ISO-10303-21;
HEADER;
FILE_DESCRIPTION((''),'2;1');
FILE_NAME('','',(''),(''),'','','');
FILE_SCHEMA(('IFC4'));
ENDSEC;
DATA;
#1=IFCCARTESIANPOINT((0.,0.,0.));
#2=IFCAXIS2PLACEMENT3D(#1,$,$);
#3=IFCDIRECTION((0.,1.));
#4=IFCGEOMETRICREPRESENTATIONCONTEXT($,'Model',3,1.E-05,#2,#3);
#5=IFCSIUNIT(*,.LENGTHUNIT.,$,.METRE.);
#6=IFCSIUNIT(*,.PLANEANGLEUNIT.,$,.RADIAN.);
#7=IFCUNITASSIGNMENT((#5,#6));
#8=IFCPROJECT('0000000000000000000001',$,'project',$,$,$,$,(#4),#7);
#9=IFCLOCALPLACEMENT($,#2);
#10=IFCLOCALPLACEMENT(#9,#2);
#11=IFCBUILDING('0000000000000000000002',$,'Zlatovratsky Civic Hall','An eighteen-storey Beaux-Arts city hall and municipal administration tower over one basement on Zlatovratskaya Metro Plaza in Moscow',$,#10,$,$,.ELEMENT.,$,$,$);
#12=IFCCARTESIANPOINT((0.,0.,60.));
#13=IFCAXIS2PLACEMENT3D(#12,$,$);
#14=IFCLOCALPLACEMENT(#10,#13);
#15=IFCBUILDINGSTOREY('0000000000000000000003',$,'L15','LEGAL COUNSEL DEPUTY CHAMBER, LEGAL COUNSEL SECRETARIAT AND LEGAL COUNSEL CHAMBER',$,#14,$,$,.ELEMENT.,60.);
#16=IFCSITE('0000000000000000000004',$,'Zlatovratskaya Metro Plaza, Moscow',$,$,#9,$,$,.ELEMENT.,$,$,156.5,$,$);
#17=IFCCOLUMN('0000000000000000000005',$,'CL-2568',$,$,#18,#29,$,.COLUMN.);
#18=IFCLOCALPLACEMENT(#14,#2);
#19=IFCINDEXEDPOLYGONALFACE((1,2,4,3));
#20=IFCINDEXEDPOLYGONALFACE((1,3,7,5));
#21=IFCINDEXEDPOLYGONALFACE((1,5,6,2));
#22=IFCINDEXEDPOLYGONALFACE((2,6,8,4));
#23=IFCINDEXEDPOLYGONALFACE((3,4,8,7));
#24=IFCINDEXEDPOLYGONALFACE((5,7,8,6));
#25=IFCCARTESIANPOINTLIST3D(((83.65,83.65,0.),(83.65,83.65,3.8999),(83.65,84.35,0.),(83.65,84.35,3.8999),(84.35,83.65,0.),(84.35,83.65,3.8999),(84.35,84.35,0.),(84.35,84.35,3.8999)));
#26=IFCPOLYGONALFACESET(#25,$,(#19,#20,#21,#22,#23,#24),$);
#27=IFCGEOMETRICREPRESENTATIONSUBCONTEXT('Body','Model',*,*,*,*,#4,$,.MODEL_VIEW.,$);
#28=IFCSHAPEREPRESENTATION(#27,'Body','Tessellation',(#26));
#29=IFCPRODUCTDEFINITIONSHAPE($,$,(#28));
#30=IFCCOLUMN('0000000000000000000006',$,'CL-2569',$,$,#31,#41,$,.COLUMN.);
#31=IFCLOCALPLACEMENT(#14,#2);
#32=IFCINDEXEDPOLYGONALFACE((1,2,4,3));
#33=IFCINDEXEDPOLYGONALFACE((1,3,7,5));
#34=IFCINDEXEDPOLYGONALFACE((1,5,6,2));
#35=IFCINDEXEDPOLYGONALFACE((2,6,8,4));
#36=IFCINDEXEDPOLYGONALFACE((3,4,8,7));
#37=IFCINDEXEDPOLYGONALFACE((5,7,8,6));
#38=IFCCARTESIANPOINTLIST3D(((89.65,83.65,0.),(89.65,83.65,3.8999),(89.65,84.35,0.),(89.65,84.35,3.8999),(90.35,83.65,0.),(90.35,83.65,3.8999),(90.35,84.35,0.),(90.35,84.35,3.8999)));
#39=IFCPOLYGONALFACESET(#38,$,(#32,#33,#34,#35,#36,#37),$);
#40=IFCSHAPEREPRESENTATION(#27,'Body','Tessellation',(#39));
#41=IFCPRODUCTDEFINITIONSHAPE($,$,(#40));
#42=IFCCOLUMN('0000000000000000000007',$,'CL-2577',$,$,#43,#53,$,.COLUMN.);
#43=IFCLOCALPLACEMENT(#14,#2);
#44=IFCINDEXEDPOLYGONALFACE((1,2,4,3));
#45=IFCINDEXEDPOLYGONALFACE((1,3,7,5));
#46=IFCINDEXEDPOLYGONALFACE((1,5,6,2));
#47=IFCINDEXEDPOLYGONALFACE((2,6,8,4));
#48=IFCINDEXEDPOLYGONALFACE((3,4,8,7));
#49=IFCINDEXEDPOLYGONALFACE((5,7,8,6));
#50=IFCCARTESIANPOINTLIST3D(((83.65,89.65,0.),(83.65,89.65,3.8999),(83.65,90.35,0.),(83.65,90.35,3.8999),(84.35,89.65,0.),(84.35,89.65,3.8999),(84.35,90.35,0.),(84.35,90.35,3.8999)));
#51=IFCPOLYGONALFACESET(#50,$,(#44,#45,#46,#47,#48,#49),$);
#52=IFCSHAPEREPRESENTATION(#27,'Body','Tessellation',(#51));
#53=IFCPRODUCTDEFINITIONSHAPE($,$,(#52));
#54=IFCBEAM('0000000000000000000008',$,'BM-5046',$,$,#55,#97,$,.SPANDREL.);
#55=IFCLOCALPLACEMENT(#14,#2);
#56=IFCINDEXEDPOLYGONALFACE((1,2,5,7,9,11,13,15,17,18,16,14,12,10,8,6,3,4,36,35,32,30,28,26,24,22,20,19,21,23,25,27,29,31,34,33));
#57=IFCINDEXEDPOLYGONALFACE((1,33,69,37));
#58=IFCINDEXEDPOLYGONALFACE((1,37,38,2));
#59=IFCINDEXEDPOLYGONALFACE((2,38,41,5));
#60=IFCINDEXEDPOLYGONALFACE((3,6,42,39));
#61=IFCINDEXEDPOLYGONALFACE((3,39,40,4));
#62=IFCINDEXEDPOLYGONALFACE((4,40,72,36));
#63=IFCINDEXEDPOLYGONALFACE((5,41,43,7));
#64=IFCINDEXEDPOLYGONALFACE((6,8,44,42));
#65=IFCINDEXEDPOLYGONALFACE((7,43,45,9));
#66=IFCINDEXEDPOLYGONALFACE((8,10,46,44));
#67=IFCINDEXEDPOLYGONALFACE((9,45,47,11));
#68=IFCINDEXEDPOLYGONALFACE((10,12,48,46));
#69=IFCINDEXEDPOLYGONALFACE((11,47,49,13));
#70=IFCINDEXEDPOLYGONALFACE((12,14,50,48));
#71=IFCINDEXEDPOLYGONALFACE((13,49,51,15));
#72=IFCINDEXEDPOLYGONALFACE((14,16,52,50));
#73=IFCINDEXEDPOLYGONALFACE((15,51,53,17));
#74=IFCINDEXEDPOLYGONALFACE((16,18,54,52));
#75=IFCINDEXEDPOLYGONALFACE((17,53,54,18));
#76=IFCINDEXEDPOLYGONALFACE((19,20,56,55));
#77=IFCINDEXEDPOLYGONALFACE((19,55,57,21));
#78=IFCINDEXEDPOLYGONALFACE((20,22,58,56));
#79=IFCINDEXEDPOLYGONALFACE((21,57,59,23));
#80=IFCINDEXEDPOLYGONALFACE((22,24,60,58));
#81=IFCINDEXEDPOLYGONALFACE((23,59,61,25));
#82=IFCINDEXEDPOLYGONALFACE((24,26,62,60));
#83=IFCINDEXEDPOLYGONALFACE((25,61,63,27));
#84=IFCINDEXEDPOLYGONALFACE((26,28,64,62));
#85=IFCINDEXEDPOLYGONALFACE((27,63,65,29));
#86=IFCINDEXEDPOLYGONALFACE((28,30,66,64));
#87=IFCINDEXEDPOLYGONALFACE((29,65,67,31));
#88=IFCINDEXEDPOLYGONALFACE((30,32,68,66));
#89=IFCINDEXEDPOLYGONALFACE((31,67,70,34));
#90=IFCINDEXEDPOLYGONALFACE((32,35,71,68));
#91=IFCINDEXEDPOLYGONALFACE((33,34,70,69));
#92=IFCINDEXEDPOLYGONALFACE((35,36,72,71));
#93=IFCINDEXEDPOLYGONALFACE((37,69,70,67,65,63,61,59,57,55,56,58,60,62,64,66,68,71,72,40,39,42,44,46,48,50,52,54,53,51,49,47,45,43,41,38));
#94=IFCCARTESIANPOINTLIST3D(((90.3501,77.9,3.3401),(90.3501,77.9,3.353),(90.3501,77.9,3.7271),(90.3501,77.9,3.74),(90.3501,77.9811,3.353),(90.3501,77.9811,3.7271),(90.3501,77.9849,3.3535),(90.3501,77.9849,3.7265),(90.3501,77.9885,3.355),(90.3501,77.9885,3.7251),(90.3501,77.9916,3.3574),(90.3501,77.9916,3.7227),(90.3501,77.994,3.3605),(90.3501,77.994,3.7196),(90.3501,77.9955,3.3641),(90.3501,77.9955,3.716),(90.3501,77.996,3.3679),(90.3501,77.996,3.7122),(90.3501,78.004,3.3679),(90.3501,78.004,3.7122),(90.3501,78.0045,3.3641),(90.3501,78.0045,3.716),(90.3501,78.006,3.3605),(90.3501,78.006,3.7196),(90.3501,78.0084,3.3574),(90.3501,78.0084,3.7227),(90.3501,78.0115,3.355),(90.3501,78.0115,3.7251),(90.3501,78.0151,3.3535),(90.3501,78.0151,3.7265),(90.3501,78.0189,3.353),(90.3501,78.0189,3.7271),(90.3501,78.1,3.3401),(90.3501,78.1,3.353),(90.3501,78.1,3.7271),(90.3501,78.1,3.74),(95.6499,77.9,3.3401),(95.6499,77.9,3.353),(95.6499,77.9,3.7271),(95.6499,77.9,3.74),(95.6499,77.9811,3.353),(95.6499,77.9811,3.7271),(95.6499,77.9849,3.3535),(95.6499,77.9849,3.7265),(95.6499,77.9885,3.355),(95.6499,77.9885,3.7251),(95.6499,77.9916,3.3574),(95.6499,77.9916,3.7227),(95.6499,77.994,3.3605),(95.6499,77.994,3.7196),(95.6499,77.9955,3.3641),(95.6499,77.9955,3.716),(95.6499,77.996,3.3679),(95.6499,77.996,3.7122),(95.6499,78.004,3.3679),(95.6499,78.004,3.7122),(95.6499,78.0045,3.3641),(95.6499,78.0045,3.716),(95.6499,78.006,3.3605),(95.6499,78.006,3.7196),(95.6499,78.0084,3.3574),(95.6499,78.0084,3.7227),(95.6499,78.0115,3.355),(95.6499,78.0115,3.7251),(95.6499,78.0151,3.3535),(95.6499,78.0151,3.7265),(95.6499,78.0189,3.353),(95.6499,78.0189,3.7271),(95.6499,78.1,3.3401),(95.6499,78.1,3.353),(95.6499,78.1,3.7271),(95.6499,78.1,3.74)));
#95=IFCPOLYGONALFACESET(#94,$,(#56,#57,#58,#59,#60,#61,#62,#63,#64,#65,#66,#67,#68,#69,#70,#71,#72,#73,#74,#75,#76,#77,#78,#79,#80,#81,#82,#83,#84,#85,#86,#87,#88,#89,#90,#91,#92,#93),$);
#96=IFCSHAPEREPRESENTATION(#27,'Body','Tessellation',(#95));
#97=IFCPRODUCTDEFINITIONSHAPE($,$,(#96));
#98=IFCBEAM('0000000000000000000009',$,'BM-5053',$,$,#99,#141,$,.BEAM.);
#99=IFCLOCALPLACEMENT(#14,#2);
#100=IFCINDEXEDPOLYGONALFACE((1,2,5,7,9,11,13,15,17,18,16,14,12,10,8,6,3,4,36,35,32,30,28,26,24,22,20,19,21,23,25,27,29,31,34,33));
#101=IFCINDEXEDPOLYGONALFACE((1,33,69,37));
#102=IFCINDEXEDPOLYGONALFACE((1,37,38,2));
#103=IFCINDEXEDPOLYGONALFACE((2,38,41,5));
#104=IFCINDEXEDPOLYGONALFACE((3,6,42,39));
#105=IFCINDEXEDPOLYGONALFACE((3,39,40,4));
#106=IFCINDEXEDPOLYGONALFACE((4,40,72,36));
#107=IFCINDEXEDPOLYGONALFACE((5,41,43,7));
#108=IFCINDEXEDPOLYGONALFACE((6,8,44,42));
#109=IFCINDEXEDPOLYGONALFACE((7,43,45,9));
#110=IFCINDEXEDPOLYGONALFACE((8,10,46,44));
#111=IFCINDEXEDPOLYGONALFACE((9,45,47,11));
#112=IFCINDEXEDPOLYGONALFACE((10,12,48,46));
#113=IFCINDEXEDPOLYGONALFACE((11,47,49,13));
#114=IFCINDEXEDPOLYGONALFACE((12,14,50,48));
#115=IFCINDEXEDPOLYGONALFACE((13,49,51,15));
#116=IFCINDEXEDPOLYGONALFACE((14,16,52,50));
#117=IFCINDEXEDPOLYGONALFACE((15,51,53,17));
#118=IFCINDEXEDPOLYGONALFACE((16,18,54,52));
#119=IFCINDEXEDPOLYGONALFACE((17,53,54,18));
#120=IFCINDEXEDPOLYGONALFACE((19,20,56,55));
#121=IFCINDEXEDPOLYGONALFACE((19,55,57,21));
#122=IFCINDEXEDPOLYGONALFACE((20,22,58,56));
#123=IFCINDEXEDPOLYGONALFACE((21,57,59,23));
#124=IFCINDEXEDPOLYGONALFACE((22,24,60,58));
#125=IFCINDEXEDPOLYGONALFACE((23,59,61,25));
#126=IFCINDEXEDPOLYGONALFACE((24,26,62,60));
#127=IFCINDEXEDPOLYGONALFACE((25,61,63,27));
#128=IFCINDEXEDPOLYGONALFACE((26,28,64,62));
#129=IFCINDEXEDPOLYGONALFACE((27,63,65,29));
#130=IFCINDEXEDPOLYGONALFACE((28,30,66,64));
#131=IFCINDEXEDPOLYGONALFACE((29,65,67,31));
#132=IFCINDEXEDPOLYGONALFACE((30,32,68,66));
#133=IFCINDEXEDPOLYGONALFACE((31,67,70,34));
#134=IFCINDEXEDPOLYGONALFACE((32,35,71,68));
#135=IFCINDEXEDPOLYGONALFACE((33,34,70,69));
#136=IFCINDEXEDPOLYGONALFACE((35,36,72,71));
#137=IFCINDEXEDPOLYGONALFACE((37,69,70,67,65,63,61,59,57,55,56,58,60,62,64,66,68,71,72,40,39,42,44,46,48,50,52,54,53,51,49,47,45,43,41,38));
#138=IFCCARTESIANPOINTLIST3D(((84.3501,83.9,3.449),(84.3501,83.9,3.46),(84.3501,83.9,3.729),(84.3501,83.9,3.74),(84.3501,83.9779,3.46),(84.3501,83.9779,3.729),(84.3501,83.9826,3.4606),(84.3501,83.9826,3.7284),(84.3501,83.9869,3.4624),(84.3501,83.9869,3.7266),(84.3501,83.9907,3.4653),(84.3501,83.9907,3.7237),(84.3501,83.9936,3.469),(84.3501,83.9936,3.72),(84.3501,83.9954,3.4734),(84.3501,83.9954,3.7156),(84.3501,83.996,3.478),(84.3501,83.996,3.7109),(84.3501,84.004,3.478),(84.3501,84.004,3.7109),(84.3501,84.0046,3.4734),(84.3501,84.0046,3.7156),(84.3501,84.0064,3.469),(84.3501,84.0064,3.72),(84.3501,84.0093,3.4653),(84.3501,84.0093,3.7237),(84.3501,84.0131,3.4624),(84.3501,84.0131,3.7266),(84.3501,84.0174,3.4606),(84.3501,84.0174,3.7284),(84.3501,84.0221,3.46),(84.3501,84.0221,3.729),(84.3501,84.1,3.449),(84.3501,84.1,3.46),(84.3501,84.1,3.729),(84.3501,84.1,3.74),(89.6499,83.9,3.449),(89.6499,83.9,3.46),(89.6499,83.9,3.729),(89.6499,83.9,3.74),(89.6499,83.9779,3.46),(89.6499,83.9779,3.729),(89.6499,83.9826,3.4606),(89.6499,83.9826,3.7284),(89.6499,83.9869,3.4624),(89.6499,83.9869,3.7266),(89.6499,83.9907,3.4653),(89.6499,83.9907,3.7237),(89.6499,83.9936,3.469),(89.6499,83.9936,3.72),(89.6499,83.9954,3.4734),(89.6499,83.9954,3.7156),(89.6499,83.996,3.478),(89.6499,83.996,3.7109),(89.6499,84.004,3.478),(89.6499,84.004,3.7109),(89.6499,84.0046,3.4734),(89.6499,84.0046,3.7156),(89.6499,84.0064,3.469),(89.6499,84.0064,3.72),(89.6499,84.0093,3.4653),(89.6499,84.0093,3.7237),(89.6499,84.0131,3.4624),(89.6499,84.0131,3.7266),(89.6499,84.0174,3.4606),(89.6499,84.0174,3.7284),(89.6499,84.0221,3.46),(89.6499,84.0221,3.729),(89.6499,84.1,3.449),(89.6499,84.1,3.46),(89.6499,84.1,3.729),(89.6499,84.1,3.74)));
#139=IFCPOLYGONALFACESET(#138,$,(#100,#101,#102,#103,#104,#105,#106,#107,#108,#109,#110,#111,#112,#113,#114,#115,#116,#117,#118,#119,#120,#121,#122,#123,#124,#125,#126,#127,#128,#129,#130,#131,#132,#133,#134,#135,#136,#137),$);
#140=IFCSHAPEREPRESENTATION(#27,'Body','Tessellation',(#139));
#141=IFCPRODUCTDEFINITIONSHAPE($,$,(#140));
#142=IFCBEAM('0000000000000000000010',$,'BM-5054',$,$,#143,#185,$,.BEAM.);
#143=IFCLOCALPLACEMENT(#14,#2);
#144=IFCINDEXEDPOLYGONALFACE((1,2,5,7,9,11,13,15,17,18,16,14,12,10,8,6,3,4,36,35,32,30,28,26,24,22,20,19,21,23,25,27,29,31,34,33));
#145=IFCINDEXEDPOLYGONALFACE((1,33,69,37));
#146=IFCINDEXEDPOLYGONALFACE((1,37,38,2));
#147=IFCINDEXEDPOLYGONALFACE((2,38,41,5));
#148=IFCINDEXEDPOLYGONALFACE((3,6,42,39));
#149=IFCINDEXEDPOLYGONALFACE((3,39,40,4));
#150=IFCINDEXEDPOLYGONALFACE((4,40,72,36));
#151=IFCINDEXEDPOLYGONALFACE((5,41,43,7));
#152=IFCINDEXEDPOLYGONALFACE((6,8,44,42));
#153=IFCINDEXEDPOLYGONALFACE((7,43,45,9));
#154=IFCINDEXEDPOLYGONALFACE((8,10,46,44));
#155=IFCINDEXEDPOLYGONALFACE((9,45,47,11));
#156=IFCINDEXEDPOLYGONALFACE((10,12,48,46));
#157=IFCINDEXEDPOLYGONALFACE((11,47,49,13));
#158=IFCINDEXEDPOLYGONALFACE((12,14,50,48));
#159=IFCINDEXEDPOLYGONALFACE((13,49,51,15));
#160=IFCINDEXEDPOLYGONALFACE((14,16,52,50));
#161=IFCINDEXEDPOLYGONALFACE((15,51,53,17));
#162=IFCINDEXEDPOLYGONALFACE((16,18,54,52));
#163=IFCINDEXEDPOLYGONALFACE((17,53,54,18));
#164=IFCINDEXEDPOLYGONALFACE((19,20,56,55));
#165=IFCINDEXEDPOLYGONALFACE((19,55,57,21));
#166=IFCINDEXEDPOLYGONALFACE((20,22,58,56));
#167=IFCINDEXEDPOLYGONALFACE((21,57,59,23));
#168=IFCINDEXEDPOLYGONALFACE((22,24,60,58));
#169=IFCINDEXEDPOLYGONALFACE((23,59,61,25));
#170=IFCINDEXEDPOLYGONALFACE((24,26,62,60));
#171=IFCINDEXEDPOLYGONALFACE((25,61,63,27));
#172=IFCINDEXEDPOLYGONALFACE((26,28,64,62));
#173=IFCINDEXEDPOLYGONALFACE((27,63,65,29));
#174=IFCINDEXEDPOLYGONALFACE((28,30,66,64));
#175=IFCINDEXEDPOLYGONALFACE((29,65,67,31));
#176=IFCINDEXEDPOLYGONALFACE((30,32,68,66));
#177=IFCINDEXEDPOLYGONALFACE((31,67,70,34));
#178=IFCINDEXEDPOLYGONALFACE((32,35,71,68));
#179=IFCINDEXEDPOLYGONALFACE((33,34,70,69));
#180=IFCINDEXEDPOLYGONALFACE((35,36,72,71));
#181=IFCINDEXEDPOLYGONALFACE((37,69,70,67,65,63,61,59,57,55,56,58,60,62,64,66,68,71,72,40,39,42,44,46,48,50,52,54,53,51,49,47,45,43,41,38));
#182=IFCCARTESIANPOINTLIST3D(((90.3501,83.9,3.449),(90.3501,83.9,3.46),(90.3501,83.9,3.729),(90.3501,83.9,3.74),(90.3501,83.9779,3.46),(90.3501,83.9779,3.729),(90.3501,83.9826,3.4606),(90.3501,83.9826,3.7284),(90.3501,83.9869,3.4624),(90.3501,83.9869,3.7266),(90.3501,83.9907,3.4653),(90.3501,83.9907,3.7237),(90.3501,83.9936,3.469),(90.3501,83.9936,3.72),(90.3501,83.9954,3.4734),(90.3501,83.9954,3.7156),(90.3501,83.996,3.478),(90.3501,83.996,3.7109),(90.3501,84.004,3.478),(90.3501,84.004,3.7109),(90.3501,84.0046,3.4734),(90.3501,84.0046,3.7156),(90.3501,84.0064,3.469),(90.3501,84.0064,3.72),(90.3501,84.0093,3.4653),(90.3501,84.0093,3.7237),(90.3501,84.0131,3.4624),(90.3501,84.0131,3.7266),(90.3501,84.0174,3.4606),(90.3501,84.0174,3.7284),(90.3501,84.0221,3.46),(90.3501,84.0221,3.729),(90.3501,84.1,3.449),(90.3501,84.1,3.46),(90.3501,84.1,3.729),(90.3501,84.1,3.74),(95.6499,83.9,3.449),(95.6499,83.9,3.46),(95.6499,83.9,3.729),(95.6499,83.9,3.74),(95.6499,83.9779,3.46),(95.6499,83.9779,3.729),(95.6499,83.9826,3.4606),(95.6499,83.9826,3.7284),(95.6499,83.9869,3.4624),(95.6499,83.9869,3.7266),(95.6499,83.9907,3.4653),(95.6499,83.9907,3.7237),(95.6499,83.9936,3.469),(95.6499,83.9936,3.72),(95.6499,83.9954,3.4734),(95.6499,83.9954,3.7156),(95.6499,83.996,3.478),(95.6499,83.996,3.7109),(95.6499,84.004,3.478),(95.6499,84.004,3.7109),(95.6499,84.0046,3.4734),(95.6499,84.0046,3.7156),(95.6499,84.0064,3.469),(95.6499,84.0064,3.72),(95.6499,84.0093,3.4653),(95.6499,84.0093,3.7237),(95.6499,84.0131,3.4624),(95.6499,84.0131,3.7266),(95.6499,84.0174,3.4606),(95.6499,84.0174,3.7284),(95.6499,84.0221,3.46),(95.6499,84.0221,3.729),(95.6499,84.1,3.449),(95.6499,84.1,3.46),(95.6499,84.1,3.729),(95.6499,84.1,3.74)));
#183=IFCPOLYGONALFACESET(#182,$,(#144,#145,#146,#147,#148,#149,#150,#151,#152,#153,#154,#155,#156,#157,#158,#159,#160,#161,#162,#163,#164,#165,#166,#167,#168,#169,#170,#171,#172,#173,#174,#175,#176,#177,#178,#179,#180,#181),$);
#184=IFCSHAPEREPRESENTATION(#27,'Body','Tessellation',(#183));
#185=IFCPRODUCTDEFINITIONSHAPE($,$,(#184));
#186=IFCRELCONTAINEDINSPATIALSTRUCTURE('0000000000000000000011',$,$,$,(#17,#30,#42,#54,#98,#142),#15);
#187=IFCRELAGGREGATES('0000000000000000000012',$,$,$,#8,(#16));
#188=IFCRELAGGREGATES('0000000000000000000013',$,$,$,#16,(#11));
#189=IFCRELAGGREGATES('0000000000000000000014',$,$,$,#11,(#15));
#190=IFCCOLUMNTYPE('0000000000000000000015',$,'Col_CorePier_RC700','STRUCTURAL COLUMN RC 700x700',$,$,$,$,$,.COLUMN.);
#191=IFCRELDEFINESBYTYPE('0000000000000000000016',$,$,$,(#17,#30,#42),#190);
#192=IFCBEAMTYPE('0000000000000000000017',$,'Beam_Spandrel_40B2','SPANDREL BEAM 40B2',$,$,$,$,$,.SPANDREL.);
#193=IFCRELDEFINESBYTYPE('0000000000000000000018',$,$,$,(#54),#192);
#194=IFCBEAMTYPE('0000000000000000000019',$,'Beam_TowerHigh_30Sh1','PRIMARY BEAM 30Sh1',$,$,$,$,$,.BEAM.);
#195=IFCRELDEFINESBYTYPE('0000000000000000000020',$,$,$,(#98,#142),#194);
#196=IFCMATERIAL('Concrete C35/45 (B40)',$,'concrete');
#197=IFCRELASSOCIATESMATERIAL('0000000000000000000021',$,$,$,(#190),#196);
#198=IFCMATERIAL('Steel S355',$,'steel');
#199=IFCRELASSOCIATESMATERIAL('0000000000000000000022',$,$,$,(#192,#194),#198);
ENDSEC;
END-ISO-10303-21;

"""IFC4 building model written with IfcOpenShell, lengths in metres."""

from ifc_helpers import new_model, si_unit, direction, frame, origin, origin_2d, place, context, subcontext, project, spatial, rectangle, i_section, extrude, material, material_profile, profile_set, type_object, element, save


model = new_model("IFC4")

# Units and contexts
model_context = context("Model", 3, precision=1e-05, world=origin(), true_north=direction((0.0, 1.0)))
body_context = subcontext(model_context, "Body", "Model", "MODEL_VIEW")
ifc_project = project(units=[si_unit("LENGTHUNIT", "METRE"), si_unit("PLANEANGLEUNIT", "RADIAN")], contexts=[model_context])

# Site, building, storey
site_placement = place(None, origin())
site = spatial("IfcSite", under=ifc_project, at=site_placement, Name="Zlatovratskaya Metro Plaza, Moscow", CompositionType="ELEMENT", RefElevation=156.5)
building_placement = place(site_placement, origin())
building = spatial("IfcBuilding", under=site, at=building_placement, Name="Zlatovratsky Civic Hall", Description="An eighteen-storey Beaux-Arts city hall and municipal administration tower over one basement on Zlatovratskaya Metro Plaza in Moscow", CompositionType="ELEMENT")
storey_placement = place(building_placement, frame((0.0, 0.0, 60.0)))
storey = spatial("IfcBuildingStorey", under=building, at=storey_placement, Name="L15", Description="LEGAL COUNSEL DEPUTY CHAMBER, LEGAL COUNSEL SECRETARIAT AND LEGAL COUNSEL CHAMBER", CompositionType="ELEMENT", Elevation=60.0)

# Columns
ifc_material_1 = material(Name="Concrete C35/45 (B40)", Category="concrete")
ifc_material_profile_1 = material_profile(ifc_material_1, rectangle(XDim=0.7, YDim=0.7, at=origin_2d()), Name="RC 700x700")
ifc_profile_set_1 = profile_set([ifc_material_profile_1], Name="Concrete C35/45 (B40)")
column_type = type_object("IfcColumnType", Name="Col_CorePier_RC700", Description="STRUCTURAL COLUMN RC 700x700", PredefinedType="COLUMN", material=ifc_profile_set_1)
for number, where, z_axis, x_axis, name in (
    (1, (84.0, 84.0, 0.0), (0.0, 0.0, 1.0), (1.0, 0.0, 0.0), "CL-2568"),
    (2, (90.0, 84.0, 0.0), (0.0, 0.0, 1.0), (1.0, 0.0, 0.0), "CL-2569"),
    (3, (84.0, 90.0, 0.0), (0.0, 0.0, 1.0), (1.0, 0.0, 0.0), "CL-2577"),
):
    element("IfcColumn", number, at=place(storey_placement, frame(where, z_axis=z_axis, x_axis=x_axis)), inside=storey, type_object=column_type, Name=name, PredefinedType="COLUMN", context=body_context, shape_type="SweptSolid", body=[
        extrude(rectangle(XDim=0.7, YDim=0.7, at=origin_2d()), origin(), (0.0, 0.0, 1.0), 3.8999),
    ])

# Beams
ifc_material_2 = material(Name="Steel S355", Category="steel")
ifc_material_profile_2 = material_profile(ifc_material_2, i_section(OverallWidth=0.2, OverallDepth=0.3999, WebThickness=0.0081, FlangeThickness=0.0129, FilletRadius=0.0149, at=origin_2d()), Name="40B2")
ifc_profile_set_2 = profile_set([ifc_material_profile_2], Name="Steel S355")
beam_type_1 = type_object("IfcBeamType", Name="Beam_Spandrel_40B2", Description="SPANDREL BEAM 40B2", PredefinedType="SPANDREL", material=ifc_profile_set_2)
beam_placement = place(storey_placement, frame((90.3501, 78.0, 3.54), z_axis=(1.0, 0.0, 0.0), x_axis=(0.0, 1.0, 0.0)))
element("IfcBeam", 4, at=beam_placement, inside=storey, type_object=beam_type_1, Name="BM-5046", PredefinedType="SPANDREL", context=body_context, shape_type="SweptSolid", body=[
    extrude(i_section(OverallWidth=0.2, OverallDepth=0.3999, WebThickness=0.0081, FlangeThickness=0.0129, FilletRadius=0.0149, at=origin_2d()), origin(), (0.0, 0.0, 1.0), 5.2998),
])
ifc_material_profile_3 = material_profile(ifc_material_2, i_section(OverallWidth=0.2, OverallDepth=0.291, WebThickness=0.0081, FlangeThickness=0.011, FilletRadius=0.0181, at=origin_2d()), Name="30Sh1")
ifc_profile_set_3 = profile_set([ifc_material_profile_3], Name="Steel S355")
beam_type_2 = type_object("IfcBeamType", Name="Beam_TowerHigh_30Sh1", Description="PRIMARY BEAM 30Sh1", PredefinedType="BEAM", material=ifc_profile_set_3)
for number, where, z_axis, x_axis, name in (
    (5, (84.3501, 84.0, 3.5945), (1.0, 0.0, 0.0), (0.0, 1.0, 0.0), "BM-5053"),
    (6, (90.3501, 84.0, 3.5945), (1.0, 0.0, 0.0), (0.0, 1.0, 0.0), "BM-5054"),
):
    element("IfcBeam", number, at=place(storey_placement, frame(where, z_axis=z_axis, x_axis=x_axis)), inside=storey, type_object=beam_type_2, Name=name, PredefinedType="BEAM", context=body_context, shape_type="SweptSolid", body=[
        extrude(i_section(OverallWidth=0.2, OverallDepth=0.291, WebThickness=0.0081, FlangeThickness=0.011, FilletRadius=0.0181, at=origin_2d()), origin(), (0.0, 0.0, 1.0), 5.2998),
    ])

save(model, "model.ifc")
